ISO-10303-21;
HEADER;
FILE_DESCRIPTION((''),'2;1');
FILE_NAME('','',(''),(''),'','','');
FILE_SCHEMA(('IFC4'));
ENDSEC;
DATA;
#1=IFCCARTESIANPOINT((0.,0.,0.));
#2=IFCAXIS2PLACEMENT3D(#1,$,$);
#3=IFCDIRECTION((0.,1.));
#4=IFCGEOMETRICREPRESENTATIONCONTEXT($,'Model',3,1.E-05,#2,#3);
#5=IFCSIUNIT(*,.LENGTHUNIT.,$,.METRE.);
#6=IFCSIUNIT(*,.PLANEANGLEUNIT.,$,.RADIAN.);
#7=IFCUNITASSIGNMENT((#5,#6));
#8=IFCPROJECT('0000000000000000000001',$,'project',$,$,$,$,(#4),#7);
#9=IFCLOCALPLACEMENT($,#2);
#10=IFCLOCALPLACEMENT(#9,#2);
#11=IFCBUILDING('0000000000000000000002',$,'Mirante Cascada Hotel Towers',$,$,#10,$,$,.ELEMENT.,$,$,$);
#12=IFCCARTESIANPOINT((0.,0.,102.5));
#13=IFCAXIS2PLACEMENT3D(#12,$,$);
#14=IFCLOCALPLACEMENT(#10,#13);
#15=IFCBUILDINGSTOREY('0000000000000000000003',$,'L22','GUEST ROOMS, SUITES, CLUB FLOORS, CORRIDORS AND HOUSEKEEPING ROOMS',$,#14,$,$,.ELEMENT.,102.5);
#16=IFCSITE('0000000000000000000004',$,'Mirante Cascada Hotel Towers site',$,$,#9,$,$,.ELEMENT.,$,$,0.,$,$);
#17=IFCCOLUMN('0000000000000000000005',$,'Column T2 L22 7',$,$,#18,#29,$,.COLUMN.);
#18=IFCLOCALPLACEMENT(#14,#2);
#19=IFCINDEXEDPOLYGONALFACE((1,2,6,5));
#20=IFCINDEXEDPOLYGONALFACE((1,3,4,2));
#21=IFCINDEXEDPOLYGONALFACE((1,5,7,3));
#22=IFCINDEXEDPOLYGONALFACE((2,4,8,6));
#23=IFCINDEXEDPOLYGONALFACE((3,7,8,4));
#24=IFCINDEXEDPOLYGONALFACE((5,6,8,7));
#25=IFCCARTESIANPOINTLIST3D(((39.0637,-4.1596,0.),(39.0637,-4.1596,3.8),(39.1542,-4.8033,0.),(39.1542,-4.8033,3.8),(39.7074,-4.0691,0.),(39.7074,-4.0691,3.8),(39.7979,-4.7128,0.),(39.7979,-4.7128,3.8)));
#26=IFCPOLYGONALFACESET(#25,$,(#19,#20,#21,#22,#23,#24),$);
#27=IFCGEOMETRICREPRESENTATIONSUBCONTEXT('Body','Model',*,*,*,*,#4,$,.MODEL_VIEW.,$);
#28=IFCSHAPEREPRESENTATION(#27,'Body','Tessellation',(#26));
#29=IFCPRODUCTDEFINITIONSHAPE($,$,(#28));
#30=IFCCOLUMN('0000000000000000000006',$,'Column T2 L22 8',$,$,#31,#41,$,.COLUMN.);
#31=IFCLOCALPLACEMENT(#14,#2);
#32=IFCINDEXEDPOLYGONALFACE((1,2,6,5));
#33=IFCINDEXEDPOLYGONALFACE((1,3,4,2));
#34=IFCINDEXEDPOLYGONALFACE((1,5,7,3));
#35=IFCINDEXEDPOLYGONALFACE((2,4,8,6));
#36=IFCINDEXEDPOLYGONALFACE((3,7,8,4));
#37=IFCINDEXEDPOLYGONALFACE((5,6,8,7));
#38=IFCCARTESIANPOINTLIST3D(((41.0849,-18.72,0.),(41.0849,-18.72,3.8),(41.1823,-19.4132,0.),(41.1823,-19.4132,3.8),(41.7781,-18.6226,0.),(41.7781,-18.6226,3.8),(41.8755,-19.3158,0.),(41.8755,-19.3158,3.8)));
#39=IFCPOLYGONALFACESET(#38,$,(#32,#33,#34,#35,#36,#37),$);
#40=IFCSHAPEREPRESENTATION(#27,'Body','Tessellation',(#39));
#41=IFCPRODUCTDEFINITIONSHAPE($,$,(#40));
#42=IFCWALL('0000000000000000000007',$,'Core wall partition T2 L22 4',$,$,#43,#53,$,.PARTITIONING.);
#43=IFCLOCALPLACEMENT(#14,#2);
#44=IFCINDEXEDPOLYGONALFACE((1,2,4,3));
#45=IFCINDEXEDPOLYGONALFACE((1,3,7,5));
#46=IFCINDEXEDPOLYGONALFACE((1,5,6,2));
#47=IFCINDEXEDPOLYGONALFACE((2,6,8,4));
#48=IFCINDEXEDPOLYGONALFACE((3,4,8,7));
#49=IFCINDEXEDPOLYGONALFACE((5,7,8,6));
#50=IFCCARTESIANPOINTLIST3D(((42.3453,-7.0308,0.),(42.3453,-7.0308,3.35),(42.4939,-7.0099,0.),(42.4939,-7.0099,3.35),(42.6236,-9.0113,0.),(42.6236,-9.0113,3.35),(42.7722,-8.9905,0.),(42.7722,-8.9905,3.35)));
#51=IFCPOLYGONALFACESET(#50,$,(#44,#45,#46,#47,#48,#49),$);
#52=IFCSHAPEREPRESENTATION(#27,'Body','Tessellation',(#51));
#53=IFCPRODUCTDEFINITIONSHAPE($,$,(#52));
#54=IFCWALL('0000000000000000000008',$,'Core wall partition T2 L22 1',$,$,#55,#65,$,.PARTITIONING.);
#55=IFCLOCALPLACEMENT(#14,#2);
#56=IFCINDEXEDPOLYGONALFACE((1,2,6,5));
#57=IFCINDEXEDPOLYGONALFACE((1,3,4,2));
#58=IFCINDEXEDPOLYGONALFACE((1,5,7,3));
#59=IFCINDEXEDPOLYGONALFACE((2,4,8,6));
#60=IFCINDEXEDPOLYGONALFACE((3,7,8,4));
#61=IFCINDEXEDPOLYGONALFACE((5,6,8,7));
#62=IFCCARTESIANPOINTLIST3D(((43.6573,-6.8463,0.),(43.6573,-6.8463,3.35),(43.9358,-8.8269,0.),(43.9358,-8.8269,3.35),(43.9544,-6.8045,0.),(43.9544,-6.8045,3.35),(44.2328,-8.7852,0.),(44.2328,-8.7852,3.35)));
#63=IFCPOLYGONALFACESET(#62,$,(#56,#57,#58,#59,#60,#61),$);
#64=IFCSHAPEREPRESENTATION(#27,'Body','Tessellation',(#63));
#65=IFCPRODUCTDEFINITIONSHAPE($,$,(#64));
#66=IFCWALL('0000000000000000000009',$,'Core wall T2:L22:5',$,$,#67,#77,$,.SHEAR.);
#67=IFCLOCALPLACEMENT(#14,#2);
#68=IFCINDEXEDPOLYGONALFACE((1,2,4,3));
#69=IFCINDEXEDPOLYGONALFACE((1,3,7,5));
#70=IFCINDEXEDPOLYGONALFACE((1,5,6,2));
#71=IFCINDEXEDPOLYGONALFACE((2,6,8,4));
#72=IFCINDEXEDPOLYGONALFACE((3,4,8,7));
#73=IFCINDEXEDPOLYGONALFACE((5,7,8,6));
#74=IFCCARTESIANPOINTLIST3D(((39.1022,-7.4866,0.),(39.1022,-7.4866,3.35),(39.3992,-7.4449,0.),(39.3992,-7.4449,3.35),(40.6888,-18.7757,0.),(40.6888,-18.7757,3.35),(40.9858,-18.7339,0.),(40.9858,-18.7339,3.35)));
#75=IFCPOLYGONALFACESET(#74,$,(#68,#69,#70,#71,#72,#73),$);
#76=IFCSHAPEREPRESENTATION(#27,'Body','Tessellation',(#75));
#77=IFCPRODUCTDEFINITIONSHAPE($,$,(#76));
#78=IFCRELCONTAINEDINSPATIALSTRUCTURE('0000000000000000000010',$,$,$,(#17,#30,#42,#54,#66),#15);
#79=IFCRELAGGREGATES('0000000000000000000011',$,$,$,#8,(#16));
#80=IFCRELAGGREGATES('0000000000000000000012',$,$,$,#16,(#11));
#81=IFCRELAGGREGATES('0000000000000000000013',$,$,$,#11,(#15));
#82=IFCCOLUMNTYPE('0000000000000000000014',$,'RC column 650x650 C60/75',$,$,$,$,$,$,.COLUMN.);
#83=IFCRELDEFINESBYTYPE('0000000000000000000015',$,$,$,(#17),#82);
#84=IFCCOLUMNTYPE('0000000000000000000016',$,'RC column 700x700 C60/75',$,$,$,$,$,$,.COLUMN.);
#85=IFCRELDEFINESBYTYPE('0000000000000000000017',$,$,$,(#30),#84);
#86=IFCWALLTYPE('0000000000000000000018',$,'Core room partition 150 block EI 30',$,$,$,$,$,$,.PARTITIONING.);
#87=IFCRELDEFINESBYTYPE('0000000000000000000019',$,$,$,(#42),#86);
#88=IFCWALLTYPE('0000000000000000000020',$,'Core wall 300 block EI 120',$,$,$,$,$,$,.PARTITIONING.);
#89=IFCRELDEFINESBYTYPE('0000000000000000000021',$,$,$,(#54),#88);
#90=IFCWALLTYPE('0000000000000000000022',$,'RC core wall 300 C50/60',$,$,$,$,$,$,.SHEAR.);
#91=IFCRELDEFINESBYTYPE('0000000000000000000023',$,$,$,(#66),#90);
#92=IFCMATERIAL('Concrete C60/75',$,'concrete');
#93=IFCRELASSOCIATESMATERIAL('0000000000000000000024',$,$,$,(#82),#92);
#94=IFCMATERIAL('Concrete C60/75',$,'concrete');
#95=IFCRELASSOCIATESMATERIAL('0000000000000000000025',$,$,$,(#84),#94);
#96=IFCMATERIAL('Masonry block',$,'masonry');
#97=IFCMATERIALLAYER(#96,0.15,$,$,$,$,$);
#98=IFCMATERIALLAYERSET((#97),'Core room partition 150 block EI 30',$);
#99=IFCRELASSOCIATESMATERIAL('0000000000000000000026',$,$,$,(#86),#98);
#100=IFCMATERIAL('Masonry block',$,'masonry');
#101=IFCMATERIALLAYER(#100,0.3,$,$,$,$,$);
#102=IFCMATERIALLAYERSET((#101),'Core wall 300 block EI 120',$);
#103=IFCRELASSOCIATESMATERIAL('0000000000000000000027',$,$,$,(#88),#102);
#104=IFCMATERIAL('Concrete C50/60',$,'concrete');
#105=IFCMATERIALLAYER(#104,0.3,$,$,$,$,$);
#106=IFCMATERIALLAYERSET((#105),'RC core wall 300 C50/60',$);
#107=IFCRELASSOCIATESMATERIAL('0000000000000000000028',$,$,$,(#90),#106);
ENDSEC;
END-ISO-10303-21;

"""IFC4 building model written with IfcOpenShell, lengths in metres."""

from ifc_helpers import new_model, si_unit, direction, frame, frame_2d, origin, origin_2d, place, context, subcontext, project, spatial, rectangle, extrude, material, layer, layer_set, material_profile, profile_set, type_object, element, save


model = new_model("IFC4")

# Units and contexts
model_context = context("Model", 3, precision=1e-05, world=origin(), true_north=direction((0.0, 1.0)))
body_context = subcontext(model_context, "Body", "Model", "MODEL_VIEW")
ifc_project = project(units=[si_unit("LENGTHUNIT", "METRE"), si_unit("PLANEANGLEUNIT", "RADIAN")], contexts=[model_context])

# Site, building, storey
site_placement = place(None, origin())
site = spatial("IfcSite", under=ifc_project, at=site_placement, Name="Mirante Cascada Hotel Towers site", CompositionType="ELEMENT", RefElevation=0.0)
building_placement = place(site_placement, origin())
building = spatial("IfcBuilding", under=site, at=building_placement, Name="Mirante Cascada Hotel Towers", CompositionType="ELEMENT")
storey_placement = place(building_placement, frame((0.0, 0.0, 102.5)))
storey = spatial("IfcBuildingStorey", under=building, at=storey_placement, Name="L22", Description="GUEST ROOMS, SUITES, CLUB FLOORS, CORRIDORS AND HOUSEKEEPING ROOMS", CompositionType="ELEMENT", Elevation=102.5)

# Columns
ifc_material_1 = material(Name="Concrete C60/75", Category="concrete")
ifc_material_profile_1 = material_profile(ifc_material_1, rectangle(XDim=0.65, YDim=0.65, at=origin_2d()), Name="RC column 650x650 C60/75")
ifc_profile_set_1 = profile_set([ifc_material_profile_1], Name="Concrete C60/75")
column_type_1 = type_object("IfcColumnType", Name="RC column 650x650 C60/75", PredefinedType="COLUMN", material=ifc_profile_set_1)
column_1_placement = place(storey_placement, frame((39.4308, -4.4362, 0.0), z_axis=(0.0, 0.0, 1.0), x_axis=(0.990268, 0.139173, 0.0)))
element("IfcColumn", 1, at=column_1_placement, inside=storey, type_object=column_type_1, Name="Column T2 L22 7", PredefinedType="COLUMN", context=body_context, shape_type="SweptSolid", body=[
    extrude(rectangle(XDim=0.65, YDim=0.65, at=origin_2d()), origin(), (0.0, 0.0, 1.0), 3.8),
])
ifc_material_2 = material(Name="Concrete C60/75", Category="concrete")
ifc_material_profile_2 = material_profile(ifc_material_2, rectangle(XDim=0.7, YDim=0.7, at=origin_2d()), Name="RC column 700x700 C60/75")
ifc_profile_set_2 = profile_set([ifc_material_profile_2], Name="Concrete C60/75")
column_type_2 = type_object("IfcColumnType", Name="RC column 700x700 C60/75", PredefinedType="COLUMN", material=ifc_profile_set_2)
column_2_placement = place(storey_placement, frame((41.4802, -19.0179, 0.0), z_axis=(0.0, 0.0, 1.0), x_axis=(0.990268, 0.139173, 0.0)))
element("IfcColumn", 2, at=column_2_placement, inside=storey, type_object=column_type_2, Name="Column T2 L22 8", PredefinedType="COLUMN", context=body_context, shape_type="SweptSolid", body=[
    extrude(rectangle(XDim=0.7, YDim=0.7, at=origin_2d()), origin(), (0.0, 0.0, 1.0), 3.8),
])

# Walls
ifc_material_3 = material(Name="Masonry block", Category="masonry")
ifc_layer_1 = layer(ifc_material_3, 0.15)
ifc_layer_set_1 = layer_set([ifc_layer_1], Name="Core room partition 150 block EI 30")
wall_type_1 = type_object("IfcWallType", Name="Core room partition 150 block EI 30", PredefinedType="PARTITIONING", material=ifc_layer_set_1)
wall_1_placement = place(storey_placement, frame((42.6979, -9.0009, 0.0), z_axis=(0.0, 0.0, 1.0), x_axis=(-0.139153, 0.990271, 0.0)))
element("IfcWall", 3, at=wall_1_placement, inside=storey, type_object=wall_type_1, Name="Core wall partition T2 L22 4", PredefinedType="PARTITIONING", context=body_context, shape_type="SweptSolid", body=[
    extrude(rectangle(XDim=2.0, YDim=0.15, at=frame_2d((1.0, 0.0))), origin(), (0.0, 0.0, 1.0), 3.35),
])
ifc_material_4 = material(Name="Masonry block", Category="masonry")
ifc_layer_2 = layer(ifc_material_4, 0.3)
ifc_layer_set_2 = layer_set([ifc_layer_2], Name="Core wall 300 block EI 120")
wall_type_2 = type_object("IfcWallType", Name="Core wall 300 block EI 120", PredefinedType="PARTITIONING", material=ifc_layer_set_2)
wall_2_placement = place(storey_placement, frame((44.0843, -8.8061, 0.0), z_axis=(0.0, 0.0, 1.0), x_axis=(-0.139195, 0.990265, 0.0)))
element("IfcWall", 4, at=wall_2_placement, inside=storey, type_object=wall_type_2, Name="Core wall partition T2 L22 1", PredefinedType="PARTITIONING", context=body_context, shape_type="SweptSolid", body=[
    extrude(rectangle(XDim=2.0001, YDim=0.3, at=frame_2d((1.0001, 0.0))), origin(), (0.0, 0.0, 1.0), 3.35),
])
ifc_material_5 = material(Name="Concrete C50/60", Category="concrete")
ifc_layer_3 = layer(ifc_material_5, 0.3)
ifc_layer_set_3 = layer_set([ifc_layer_3], Name="RC core wall 300 C50/60")
wall_type_3 = type_object("IfcWallType", Name="RC core wall 300 C50/60", PredefinedType="SHEAR", material=ifc_layer_set_3)
wall_3_placement = place(storey_placement, frame((40.8373, -18.7548, 0.0), z_axis=(0.0, 0.0, 1.0), x_axis=(-0.139175, 0.990268, 0.0)))
element("IfcWall", 5, at=wall_3_placement, inside=storey, type_object=wall_type_3, Name="Core wall T2:L22:5", PredefinedType="SHEAR", context=body_context, shape_type="SweptSolid", body=[
    extrude(rectangle(XDim=11.4, YDim=0.3, at=frame_2d((5.7, 0.0))), origin(), (0.0, 0.0, 1.0), 3.35),
])

save(model, "model.ifc")
